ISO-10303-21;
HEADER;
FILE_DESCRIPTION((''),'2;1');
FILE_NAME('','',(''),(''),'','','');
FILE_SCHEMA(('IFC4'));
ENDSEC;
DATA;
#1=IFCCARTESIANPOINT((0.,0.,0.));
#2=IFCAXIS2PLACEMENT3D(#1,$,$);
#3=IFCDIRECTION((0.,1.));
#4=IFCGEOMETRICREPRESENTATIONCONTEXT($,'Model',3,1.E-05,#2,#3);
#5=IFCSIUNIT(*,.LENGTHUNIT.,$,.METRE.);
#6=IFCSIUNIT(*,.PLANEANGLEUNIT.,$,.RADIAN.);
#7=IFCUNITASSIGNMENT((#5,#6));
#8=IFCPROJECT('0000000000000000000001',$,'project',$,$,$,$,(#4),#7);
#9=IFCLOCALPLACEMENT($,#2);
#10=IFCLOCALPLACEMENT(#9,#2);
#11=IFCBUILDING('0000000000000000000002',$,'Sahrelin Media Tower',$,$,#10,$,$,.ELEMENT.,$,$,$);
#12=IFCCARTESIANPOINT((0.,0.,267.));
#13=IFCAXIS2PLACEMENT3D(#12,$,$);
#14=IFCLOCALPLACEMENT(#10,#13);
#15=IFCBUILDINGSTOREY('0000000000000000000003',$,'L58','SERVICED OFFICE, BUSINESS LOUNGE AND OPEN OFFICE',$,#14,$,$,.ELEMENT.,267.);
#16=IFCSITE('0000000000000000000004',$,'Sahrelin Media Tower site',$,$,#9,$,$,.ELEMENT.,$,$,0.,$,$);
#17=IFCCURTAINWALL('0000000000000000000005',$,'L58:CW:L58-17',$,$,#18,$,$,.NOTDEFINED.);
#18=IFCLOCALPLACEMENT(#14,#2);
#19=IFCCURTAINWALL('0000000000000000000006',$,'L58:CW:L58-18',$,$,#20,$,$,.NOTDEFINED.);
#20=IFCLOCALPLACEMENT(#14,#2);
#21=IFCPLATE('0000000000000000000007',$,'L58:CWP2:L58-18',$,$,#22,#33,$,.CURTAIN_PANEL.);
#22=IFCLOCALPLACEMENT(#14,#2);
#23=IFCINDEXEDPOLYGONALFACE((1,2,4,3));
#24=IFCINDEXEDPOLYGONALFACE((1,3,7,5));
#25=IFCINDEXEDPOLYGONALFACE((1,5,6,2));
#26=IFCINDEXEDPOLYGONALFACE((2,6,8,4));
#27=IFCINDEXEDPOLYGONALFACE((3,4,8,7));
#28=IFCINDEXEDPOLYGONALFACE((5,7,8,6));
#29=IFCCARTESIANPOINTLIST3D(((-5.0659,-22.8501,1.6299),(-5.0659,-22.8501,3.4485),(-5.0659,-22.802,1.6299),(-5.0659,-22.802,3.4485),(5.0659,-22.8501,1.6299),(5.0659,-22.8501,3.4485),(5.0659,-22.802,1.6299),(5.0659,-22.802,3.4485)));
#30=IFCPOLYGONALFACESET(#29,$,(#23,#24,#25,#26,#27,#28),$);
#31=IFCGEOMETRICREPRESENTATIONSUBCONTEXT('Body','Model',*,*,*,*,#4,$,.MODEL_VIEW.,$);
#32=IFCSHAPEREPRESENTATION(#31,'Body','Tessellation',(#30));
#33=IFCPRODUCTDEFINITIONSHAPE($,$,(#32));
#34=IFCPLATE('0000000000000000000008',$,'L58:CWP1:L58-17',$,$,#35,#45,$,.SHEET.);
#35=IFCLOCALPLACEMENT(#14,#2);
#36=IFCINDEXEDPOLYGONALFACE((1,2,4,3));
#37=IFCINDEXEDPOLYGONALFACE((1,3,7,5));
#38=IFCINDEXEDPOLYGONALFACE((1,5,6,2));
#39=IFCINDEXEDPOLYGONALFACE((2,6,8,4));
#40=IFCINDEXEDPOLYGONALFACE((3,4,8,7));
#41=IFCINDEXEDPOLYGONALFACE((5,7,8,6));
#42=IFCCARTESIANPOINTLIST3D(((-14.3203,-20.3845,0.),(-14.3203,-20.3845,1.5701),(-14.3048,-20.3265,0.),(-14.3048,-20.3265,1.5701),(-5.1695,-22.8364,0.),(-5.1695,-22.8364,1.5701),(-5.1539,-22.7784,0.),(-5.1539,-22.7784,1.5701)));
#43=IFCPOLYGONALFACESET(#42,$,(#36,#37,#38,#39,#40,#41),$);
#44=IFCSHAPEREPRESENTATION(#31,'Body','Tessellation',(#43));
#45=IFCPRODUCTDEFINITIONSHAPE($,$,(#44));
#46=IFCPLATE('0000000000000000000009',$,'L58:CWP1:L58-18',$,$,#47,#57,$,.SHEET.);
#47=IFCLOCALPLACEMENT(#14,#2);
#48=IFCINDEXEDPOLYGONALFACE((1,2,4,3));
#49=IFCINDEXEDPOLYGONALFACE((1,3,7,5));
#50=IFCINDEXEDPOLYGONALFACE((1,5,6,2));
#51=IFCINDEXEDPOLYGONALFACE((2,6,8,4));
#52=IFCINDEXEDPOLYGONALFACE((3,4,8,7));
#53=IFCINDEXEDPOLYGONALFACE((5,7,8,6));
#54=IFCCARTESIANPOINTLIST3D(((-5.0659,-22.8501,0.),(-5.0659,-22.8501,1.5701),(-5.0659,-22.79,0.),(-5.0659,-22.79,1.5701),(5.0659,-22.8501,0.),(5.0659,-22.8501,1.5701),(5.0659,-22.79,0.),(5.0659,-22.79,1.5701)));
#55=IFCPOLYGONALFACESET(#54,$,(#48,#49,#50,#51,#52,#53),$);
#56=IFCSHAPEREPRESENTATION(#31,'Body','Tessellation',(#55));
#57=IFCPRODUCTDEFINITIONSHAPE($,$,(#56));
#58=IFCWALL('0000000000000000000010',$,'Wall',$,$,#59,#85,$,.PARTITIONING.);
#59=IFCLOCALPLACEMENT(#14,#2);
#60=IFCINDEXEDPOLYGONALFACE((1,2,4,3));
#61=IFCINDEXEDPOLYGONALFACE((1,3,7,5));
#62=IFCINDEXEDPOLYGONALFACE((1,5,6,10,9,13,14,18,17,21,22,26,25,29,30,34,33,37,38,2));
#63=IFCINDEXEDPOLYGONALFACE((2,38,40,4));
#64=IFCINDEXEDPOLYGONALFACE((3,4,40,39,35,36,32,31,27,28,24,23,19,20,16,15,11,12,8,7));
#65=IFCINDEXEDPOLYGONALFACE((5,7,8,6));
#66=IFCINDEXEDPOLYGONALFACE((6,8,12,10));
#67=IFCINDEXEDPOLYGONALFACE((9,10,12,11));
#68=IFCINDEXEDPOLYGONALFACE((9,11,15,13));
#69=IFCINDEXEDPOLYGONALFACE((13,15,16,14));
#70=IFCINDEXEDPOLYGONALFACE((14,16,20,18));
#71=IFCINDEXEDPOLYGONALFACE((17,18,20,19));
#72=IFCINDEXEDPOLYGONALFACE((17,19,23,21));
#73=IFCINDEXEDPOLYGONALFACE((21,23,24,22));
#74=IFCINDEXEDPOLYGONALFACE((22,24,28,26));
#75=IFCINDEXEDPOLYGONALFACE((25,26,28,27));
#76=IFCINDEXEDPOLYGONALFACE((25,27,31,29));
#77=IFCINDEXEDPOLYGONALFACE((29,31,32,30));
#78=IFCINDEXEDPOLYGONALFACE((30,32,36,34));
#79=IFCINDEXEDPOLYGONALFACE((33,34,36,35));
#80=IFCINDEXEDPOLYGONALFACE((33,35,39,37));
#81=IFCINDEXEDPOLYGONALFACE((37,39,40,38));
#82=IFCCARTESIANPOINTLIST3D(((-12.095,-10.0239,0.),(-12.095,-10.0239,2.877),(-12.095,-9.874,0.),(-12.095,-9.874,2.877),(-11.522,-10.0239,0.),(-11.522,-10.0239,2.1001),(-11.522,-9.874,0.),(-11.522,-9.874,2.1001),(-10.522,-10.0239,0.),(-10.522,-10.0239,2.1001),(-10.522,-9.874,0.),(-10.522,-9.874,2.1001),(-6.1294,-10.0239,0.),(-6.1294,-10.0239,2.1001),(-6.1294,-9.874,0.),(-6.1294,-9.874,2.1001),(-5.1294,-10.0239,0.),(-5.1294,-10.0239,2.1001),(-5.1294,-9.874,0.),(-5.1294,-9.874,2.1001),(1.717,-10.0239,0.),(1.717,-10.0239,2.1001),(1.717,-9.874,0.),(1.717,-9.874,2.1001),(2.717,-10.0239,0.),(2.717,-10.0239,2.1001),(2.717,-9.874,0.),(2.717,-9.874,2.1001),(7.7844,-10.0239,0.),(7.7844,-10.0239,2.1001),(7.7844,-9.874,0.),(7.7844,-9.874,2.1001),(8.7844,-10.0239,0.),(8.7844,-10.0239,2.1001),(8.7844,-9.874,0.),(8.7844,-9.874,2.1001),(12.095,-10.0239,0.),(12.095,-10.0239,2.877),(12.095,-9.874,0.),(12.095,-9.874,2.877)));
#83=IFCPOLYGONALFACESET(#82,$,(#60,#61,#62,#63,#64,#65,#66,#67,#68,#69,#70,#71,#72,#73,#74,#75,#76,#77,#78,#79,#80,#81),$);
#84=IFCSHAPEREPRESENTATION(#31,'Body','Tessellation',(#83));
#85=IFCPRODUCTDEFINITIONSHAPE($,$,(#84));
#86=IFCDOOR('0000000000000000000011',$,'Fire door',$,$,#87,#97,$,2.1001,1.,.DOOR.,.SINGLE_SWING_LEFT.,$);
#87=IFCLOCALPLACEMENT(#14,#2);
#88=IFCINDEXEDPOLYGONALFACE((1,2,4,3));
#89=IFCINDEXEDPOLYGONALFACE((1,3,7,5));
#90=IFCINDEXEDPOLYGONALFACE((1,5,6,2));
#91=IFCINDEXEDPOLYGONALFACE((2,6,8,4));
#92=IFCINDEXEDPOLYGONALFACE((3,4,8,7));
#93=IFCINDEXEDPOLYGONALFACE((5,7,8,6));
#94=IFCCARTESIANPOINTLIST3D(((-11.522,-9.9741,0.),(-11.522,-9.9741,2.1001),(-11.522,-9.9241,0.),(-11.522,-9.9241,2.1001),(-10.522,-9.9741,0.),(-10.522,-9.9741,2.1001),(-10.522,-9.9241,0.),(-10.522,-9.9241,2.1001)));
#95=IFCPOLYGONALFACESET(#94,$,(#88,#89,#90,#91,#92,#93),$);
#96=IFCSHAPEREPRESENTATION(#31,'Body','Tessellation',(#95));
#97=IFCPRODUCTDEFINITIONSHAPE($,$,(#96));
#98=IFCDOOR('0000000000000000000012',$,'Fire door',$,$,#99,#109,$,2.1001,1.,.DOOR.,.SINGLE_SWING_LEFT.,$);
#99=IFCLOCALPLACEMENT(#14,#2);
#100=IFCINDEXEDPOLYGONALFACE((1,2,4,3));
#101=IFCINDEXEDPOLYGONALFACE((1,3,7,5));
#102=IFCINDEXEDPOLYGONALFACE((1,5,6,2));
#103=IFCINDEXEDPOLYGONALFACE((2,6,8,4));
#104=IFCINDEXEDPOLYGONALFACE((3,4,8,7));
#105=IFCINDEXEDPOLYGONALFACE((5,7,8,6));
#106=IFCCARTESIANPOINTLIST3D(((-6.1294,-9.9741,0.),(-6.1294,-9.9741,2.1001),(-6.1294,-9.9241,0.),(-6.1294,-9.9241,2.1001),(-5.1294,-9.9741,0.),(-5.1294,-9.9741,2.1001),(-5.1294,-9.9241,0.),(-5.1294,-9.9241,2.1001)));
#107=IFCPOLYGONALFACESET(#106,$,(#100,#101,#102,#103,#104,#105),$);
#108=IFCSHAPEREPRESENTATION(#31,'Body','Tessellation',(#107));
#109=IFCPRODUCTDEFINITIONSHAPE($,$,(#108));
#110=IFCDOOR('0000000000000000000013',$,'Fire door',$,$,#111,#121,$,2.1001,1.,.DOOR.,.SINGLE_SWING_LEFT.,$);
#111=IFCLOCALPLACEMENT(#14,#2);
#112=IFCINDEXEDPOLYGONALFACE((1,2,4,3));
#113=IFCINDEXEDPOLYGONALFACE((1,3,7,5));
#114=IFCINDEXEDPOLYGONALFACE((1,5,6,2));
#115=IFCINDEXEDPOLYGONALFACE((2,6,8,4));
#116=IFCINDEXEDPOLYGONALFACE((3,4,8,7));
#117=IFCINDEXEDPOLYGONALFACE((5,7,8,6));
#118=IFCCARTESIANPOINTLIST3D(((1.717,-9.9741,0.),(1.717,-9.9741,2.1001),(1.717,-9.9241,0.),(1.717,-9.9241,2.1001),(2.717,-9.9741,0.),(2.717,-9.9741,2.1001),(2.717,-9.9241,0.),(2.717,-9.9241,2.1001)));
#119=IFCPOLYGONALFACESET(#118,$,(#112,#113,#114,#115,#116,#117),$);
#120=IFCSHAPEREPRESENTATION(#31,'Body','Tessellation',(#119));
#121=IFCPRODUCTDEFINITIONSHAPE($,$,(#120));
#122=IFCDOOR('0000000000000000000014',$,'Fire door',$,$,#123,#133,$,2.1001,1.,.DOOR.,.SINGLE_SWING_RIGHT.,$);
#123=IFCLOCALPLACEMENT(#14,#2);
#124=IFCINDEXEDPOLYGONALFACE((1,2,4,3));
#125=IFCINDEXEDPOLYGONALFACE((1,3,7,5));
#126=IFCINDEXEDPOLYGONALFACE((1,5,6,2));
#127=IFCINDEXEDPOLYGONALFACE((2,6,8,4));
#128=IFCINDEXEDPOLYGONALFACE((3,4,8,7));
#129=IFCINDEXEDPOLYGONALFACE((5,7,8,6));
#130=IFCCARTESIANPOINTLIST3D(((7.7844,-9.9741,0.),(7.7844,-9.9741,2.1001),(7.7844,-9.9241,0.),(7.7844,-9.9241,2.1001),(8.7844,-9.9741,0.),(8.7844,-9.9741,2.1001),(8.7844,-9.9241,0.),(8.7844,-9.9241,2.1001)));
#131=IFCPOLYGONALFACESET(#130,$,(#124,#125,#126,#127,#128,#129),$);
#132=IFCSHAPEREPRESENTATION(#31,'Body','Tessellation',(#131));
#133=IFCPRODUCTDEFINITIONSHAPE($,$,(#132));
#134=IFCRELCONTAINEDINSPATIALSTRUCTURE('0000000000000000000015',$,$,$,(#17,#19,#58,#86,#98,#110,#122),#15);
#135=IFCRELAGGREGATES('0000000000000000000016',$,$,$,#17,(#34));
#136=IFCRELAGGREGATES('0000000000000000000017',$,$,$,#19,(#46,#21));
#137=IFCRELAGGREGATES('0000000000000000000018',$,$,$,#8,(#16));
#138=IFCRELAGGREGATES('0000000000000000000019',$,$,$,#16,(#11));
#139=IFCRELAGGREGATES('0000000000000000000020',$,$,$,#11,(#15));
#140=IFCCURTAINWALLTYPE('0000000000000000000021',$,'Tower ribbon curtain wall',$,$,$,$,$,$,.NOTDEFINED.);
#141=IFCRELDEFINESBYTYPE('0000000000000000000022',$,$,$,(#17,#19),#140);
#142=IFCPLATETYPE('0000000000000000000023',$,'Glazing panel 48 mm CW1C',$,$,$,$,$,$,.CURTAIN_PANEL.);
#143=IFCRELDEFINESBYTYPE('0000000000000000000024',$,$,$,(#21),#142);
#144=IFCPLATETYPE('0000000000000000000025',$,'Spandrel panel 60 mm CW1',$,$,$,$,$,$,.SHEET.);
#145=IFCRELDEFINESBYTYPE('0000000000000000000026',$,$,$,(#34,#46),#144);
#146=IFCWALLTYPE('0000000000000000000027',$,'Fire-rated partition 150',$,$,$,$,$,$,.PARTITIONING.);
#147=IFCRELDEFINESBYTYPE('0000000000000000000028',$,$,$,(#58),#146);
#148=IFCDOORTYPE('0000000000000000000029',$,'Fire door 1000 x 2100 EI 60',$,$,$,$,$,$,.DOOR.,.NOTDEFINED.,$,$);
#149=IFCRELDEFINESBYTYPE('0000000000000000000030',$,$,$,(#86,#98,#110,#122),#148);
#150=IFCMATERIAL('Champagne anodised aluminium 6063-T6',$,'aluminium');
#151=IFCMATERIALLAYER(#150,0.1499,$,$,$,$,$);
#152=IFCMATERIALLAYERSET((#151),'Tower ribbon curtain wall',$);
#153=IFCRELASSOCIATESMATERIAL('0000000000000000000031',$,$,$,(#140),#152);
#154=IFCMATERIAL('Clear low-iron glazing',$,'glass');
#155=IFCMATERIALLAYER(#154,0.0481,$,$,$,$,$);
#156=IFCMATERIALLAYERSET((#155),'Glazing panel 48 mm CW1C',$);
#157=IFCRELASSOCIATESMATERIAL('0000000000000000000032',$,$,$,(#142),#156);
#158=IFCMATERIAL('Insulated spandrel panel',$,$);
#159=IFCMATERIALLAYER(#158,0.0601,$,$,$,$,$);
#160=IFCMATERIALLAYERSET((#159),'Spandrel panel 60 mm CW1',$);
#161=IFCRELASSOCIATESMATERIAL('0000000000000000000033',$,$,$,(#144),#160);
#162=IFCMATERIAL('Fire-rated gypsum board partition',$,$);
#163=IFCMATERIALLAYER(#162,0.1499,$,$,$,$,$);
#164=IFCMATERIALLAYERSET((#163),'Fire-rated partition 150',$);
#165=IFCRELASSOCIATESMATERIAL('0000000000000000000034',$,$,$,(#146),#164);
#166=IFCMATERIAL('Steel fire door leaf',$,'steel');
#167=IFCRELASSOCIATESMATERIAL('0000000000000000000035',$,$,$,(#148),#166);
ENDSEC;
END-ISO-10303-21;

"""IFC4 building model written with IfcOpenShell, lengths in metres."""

from ifc_helpers import new_model, si_unit, direction, frame, frame_2d, origin, place, context, subcontext, project, spatial, polyline, rectangle, outline, extrude, material, layer, layer_set, type_object, element, fill, aggregate, save


model = new_model("IFC4")

# Units and contexts
model_context = context("Model", 3, precision=1e-05, world=origin(), true_north=direction((0.0, 1.0)))
body_context = subcontext(model_context, "Body", "Model", "MODEL_VIEW")
ifc_project = project(units=[si_unit("LENGTHUNIT", "METRE"), si_unit("PLANEANGLEUNIT", "RADIAN")], contexts=[model_context])

# Site, building, storey
site_placement = place(None, origin())
site = spatial("IfcSite", under=ifc_project, at=site_placement, Name="Sahrelin Media Tower site", CompositionType="ELEMENT", RefElevation=0.0)
building_placement = place(site_placement, origin())
building = spatial("IfcBuilding", under=site, at=building_placement, Name="Sahrelin Media Tower", CompositionType="ELEMENT")
storey_placement = place(building_placement, frame((0.0, 0.0, 267.0)))
storey = spatial("IfcBuildingStorey", under=building, at=storey_placement, Name="L58", Description="SERVICED OFFICE, BUSINESS LOUNGE AND OPEN OFFICE", CompositionType="ELEMENT", Elevation=267.0)

# Curtain wall
ifc_material_1 = material(Name="Champagne anodised aluminium 6063-T6", Category="aluminium")
ifc_layer_1 = layer(ifc_material_1, 0.1499)
ifc_layer_set_1 = layer_set([ifc_layer_1], Name="Tower ribbon curtain wall")
curtain_wall_type = type_object("IfcCurtainWallType", Name="Tower ribbon curtain wall", PredefinedType="NOTDEFINED", material=ifc_layer_set_1)
curtain_wall_1_placement = place(storey_placement, frame((-9.7397, -21.5913, 0.0), z_axis=(0.0, 0.0, 1.0), x_axis=(1.0, 0.0, 0.0)))
curtain_wall_1 = element("IfcCurtainWall", 1, at=curtain_wall_1_placement, inside=storey, type_object=curtain_wall_type, Name="L58:CW:L58-17", PredefinedType="NOTDEFINED")

# Curtain wall
curtain_wall_2_placement = place(storey_placement, frame((0.0, -22.8301, 0.0), z_axis=(0.0, 0.0, 1.0), x_axis=(1.0, 0.0, 0.0)))
curtain_wall_2 = element("IfcCurtainWall", 2, at=curtain_wall_2_placement, inside=storey, type_object=curtain_wall_type, Name="L58:CW:L58-18", PredefinedType="NOTDEFINED")

# Plates
ifc_material_2 = material(Name="Clear low-iron glazing", Category="glass")
ifc_layer_2 = layer(ifc_material_2, 0.0481)
ifc_layer_set_2 = layer_set([ifc_layer_2], Name="Glazing panel 48 mm CW1C")
plate_type_1 = type_object("IfcPlateType", Name="Glazing panel 48 mm CW1C", PredefinedType="CURTAIN_PANEL", material=ifc_layer_set_2)
plate_1_placement = place(storey_placement, frame((-5.0659, -22.8501, 1.6299), z_axis=(0.0, -1.0, 0.0), x_axis=(1.0, 0.0, 0.0)))
plate_1 = element("IfcPlate", 3, at=plate_1_placement, type_object=plate_type_1, Name="L58:CWP2:L58-18", PredefinedType="CURTAIN_PANEL", context=body_context, shape_type="SweptSolid", body=[
    extrude(outline(polyline([(0.0, 0.0), (10.1318, 0.0), (10.1318, 1.8186), (0.0, 1.8186), (0.0, 0.0)])), origin(), (0.0, 0.0, -1.0), 0.0481),
])
ifc_material_3 = material(Name="Insulated spandrel panel")
ifc_layer_3 = layer(ifc_material_3, 0.0601)
ifc_layer_set_3 = layer_set([ifc_layer_3], Name="Spandrel panel 60 mm CW1")
plate_type_2 = type_object("IfcPlateType", Name="Spandrel panel 60 mm CW1", PredefinedType="SHEET", material=ifc_layer_set_3)
plate_2_placement = place(storey_placement, frame((-14.3203, -20.3845, 0.0), z_axis=(-0.258813, -0.965928, 0.0), x_axis=(0.965928, -0.258813, 0.0)))
plate_2 = element("IfcPlate", 4, at=plate_2_placement, type_object=plate_type_2, Name="L58:CWP1:L58-17", PredefinedType="SHEET", context=body_context, shape_type="SweptSolid", body=[
    extrude(outline(polyline([(0.0, 0.0), (9.4736, 0.0), (9.4736, 1.5701), (0.0, 1.5701), (0.0, 0.0)])), origin(), (0.0, 0.0, -1.0), 0.0601),
])
aggregate(curtain_wall_1, [plate_2])
plate_3_placement = place(storey_placement, frame((-5.0659, -22.8501, 0.0), z_axis=(0.0, -1.0, 0.0), x_axis=(1.0, 0.0, 0.0)))
plate_3 = element("IfcPlate", 5, at=plate_3_placement, type_object=plate_type_2, Name="L58:CWP1:L58-18", PredefinedType="SHEET", context=body_context, shape_type="SweptSolid", body=[
    extrude(outline(polyline([(0.0, 0.0), (10.1318, 0.0), (10.1318, 1.5701), (0.0, 1.5701), (0.0, 0.0)])), origin(), (0.0, 0.0, -1.0), 0.0601),
])
aggregate(curtain_wall_2, [plate_3, plate_1])

# Wall, openings, doors
ifc_material_4 = material(Name="Fire-rated gypsum board partition")
ifc_layer_4 = layer(ifc_material_4, 0.1499)
ifc_layer_set_4 = layer_set([ifc_layer_4], Name="Fire-rated partition 150")
wall_type_1 = type_object("IfcWallType", Name="Fire-rated partition 150", PredefinedType="PARTITIONING", material=ifc_layer_set_4)
wall_1_placement = place(storey_placement, frame((-12.095, -9.949, 0.0), z_axis=(0.0, 0.0, 1.0), x_axis=(1.0, 0.0, 0.0)))
wall_1 = element("IfcWall", 6, at=wall_1_placement, inside=storey, type_object=wall_type_1, Name="Wall", PredefinedType="PARTITIONING", context=body_context, shape_type="SweptSolid", body=[
    extrude(rectangle(XDim=24.1899, YDim=0.1499, at=frame_2d((12.095, 0.0))), origin(), (0.0, 0.0, 1.0), 2.877),
])
opening_1_placement = place(wall_1_placement, frame((0.573, 0.0, 0.0)))
opening_1 = element("IfcOpeningElement", 7, at=opening_1_placement, cuts=wall_1, PredefinedType="OPENING", context=body_context, shape_type="SweptSolid", body=[
    extrude(rectangle(XDim=1.0, YDim=2.1001, at=frame_2d((0.5, 1.05))), frame((0.0, 0.075, 0.0), z_axis=(0.0, -1.0, 0.0), x_axis=(1.0, 0.0, 0.0)), (0.0, 0.0, 1.0), 0.1499),
])
opening_2_placement = place(wall_1_placement, frame((5.9656, 0.0, 0.0)))
opening_2 = element("IfcOpeningElement", 8, at=opening_2_placement, cuts=wall_1, PredefinedType="OPENING", context=body_context, shape_type="SweptSolid", body=[
    extrude(rectangle(XDim=1.0, YDim=2.1001, at=frame_2d((0.5, 1.05))), frame((0.0, 0.075, 0.0), z_axis=(0.0, -1.0, 0.0), x_axis=(1.0, 0.0, 0.0)), (0.0, 0.0, 1.0), 0.1499),
])
opening_3_placement = place(wall_1_placement, frame((13.812, 0.0, 0.0)))
opening_3 = element("IfcOpeningElement", 9, at=opening_3_placement, cuts=wall_1, PredefinedType="OPENING", context=body_context, shape_type="SweptSolid", body=[
    extrude(rectangle(XDim=1.0, YDim=2.1001, at=frame_2d((0.5, 1.05))), frame((0.0, 0.075, 0.0), z_axis=(0.0, -1.0, 0.0), x_axis=(1.0, 0.0, 0.0)), (0.0, 0.0, 1.0), 0.1499),
])
opening_4_placement = place(wall_1_placement, frame((19.8794, 0.0, 0.0)))
opening_4 = element("IfcOpeningElement", 10, at=opening_4_placement, cuts=wall_1, PredefinedType="OPENING", context=body_context, shape_type="SweptSolid", body=[
    extrude(rectangle(XDim=1.0, YDim=2.1001, at=frame_2d((0.5, 1.05))), frame((0.0, 0.075, 0.0), z_axis=(0.0, -1.0, 0.0), x_axis=(1.0, 0.0, 0.0)), (0.0, 0.0, 1.0), 0.1499),
])
ifc_material_5 = material(Name="Steel fire door leaf", Category="steel")
door_type_1 = type_object("IfcDoorType", Name="Fire door 1000 x 2100 EI 60", OperationType="NOTDEFINED", PredefinedType="DOOR", material=ifc_material_5)
door_1_placement = place(opening_1_placement, origin())
door_1 = element("IfcDoor", 11, at=door_1_placement, inside=storey, type_object=door_type_1, Name="Fire door", OperationType="SINGLE_SWING_LEFT", OverallHeight=2.1001, OverallWidth=1.0, PredefinedType="DOOR", context=body_context, shape_type="SweptSolid", body=[
    extrude(rectangle(XDim=1.0, YDim=2.1001, at=frame_2d((0.5, 1.05))), frame((0.0, 0.0249, 0.0), z_axis=(0.0, -1.0, 0.0), x_axis=(1.0, 0.0, 0.0)), (0.0, 0.0, 1.0), 0.05),
])
fill(opening_1, door_1)
door_2_placement = place(opening_2_placement, origin())
door_2 = element("IfcDoor", 12, at=door_2_placement, inside=storey, type_object=door_type_1, Name="Fire door", OperationType="SINGLE_SWING_LEFT", OverallHeight=2.1001, OverallWidth=1.0, PredefinedType="DOOR", context=body_context, shape_type="SweptSolid", body=[
    extrude(rectangle(XDim=1.0, YDim=2.1001, at=frame_2d((0.5, 1.05))), frame((0.0, 0.0249, 0.0), z_axis=(0.0, -1.0, 0.0), x_axis=(1.0, 0.0, 0.0)), (0.0, 0.0, 1.0), 0.05),
])
fill(opening_2, door_2)
door_3_placement = place(opening_3_placement, origin())
door_3 = element("IfcDoor", 13, at=door_3_placement, inside=storey, type_object=door_type_1, Name="Fire door", OperationType="SINGLE_SWING_LEFT", OverallHeight=2.1001, OverallWidth=1.0, PredefinedType="DOOR", context=body_context, shape_type="SweptSolid", body=[
    extrude(rectangle(XDim=1.0, YDim=2.1001, at=frame_2d((0.5, 1.05))), frame((0.0, 0.0249, 0.0), z_axis=(0.0, -1.0, 0.0), x_axis=(1.0, 0.0, 0.0)), (0.0, 0.0, 1.0), 0.05),
])
fill(opening_3, door_3)
door_4_placement = place(opening_4_placement, origin())
door_4 = element("IfcDoor", 14, at=door_4_placement, inside=storey, type_object=door_type_1, Name="Fire door", OperationType="SINGLE_SWING_RIGHT", OverallHeight=2.1001, OverallWidth=1.0, PredefinedType="DOOR", context=body_context, shape_type="SweptSolid", body=[
    extrude(rectangle(XDim=1.0, YDim=2.1001, at=frame_2d((0.5, 1.05))), frame((0.0, 0.0249, 0.0), z_axis=(0.0, -1.0, 0.0), x_axis=(1.0, 0.0, 0.0)), (0.0, 0.0, 1.0), 0.05),
])
fill(opening_4, door_4)

save(model, "model.ifc")
